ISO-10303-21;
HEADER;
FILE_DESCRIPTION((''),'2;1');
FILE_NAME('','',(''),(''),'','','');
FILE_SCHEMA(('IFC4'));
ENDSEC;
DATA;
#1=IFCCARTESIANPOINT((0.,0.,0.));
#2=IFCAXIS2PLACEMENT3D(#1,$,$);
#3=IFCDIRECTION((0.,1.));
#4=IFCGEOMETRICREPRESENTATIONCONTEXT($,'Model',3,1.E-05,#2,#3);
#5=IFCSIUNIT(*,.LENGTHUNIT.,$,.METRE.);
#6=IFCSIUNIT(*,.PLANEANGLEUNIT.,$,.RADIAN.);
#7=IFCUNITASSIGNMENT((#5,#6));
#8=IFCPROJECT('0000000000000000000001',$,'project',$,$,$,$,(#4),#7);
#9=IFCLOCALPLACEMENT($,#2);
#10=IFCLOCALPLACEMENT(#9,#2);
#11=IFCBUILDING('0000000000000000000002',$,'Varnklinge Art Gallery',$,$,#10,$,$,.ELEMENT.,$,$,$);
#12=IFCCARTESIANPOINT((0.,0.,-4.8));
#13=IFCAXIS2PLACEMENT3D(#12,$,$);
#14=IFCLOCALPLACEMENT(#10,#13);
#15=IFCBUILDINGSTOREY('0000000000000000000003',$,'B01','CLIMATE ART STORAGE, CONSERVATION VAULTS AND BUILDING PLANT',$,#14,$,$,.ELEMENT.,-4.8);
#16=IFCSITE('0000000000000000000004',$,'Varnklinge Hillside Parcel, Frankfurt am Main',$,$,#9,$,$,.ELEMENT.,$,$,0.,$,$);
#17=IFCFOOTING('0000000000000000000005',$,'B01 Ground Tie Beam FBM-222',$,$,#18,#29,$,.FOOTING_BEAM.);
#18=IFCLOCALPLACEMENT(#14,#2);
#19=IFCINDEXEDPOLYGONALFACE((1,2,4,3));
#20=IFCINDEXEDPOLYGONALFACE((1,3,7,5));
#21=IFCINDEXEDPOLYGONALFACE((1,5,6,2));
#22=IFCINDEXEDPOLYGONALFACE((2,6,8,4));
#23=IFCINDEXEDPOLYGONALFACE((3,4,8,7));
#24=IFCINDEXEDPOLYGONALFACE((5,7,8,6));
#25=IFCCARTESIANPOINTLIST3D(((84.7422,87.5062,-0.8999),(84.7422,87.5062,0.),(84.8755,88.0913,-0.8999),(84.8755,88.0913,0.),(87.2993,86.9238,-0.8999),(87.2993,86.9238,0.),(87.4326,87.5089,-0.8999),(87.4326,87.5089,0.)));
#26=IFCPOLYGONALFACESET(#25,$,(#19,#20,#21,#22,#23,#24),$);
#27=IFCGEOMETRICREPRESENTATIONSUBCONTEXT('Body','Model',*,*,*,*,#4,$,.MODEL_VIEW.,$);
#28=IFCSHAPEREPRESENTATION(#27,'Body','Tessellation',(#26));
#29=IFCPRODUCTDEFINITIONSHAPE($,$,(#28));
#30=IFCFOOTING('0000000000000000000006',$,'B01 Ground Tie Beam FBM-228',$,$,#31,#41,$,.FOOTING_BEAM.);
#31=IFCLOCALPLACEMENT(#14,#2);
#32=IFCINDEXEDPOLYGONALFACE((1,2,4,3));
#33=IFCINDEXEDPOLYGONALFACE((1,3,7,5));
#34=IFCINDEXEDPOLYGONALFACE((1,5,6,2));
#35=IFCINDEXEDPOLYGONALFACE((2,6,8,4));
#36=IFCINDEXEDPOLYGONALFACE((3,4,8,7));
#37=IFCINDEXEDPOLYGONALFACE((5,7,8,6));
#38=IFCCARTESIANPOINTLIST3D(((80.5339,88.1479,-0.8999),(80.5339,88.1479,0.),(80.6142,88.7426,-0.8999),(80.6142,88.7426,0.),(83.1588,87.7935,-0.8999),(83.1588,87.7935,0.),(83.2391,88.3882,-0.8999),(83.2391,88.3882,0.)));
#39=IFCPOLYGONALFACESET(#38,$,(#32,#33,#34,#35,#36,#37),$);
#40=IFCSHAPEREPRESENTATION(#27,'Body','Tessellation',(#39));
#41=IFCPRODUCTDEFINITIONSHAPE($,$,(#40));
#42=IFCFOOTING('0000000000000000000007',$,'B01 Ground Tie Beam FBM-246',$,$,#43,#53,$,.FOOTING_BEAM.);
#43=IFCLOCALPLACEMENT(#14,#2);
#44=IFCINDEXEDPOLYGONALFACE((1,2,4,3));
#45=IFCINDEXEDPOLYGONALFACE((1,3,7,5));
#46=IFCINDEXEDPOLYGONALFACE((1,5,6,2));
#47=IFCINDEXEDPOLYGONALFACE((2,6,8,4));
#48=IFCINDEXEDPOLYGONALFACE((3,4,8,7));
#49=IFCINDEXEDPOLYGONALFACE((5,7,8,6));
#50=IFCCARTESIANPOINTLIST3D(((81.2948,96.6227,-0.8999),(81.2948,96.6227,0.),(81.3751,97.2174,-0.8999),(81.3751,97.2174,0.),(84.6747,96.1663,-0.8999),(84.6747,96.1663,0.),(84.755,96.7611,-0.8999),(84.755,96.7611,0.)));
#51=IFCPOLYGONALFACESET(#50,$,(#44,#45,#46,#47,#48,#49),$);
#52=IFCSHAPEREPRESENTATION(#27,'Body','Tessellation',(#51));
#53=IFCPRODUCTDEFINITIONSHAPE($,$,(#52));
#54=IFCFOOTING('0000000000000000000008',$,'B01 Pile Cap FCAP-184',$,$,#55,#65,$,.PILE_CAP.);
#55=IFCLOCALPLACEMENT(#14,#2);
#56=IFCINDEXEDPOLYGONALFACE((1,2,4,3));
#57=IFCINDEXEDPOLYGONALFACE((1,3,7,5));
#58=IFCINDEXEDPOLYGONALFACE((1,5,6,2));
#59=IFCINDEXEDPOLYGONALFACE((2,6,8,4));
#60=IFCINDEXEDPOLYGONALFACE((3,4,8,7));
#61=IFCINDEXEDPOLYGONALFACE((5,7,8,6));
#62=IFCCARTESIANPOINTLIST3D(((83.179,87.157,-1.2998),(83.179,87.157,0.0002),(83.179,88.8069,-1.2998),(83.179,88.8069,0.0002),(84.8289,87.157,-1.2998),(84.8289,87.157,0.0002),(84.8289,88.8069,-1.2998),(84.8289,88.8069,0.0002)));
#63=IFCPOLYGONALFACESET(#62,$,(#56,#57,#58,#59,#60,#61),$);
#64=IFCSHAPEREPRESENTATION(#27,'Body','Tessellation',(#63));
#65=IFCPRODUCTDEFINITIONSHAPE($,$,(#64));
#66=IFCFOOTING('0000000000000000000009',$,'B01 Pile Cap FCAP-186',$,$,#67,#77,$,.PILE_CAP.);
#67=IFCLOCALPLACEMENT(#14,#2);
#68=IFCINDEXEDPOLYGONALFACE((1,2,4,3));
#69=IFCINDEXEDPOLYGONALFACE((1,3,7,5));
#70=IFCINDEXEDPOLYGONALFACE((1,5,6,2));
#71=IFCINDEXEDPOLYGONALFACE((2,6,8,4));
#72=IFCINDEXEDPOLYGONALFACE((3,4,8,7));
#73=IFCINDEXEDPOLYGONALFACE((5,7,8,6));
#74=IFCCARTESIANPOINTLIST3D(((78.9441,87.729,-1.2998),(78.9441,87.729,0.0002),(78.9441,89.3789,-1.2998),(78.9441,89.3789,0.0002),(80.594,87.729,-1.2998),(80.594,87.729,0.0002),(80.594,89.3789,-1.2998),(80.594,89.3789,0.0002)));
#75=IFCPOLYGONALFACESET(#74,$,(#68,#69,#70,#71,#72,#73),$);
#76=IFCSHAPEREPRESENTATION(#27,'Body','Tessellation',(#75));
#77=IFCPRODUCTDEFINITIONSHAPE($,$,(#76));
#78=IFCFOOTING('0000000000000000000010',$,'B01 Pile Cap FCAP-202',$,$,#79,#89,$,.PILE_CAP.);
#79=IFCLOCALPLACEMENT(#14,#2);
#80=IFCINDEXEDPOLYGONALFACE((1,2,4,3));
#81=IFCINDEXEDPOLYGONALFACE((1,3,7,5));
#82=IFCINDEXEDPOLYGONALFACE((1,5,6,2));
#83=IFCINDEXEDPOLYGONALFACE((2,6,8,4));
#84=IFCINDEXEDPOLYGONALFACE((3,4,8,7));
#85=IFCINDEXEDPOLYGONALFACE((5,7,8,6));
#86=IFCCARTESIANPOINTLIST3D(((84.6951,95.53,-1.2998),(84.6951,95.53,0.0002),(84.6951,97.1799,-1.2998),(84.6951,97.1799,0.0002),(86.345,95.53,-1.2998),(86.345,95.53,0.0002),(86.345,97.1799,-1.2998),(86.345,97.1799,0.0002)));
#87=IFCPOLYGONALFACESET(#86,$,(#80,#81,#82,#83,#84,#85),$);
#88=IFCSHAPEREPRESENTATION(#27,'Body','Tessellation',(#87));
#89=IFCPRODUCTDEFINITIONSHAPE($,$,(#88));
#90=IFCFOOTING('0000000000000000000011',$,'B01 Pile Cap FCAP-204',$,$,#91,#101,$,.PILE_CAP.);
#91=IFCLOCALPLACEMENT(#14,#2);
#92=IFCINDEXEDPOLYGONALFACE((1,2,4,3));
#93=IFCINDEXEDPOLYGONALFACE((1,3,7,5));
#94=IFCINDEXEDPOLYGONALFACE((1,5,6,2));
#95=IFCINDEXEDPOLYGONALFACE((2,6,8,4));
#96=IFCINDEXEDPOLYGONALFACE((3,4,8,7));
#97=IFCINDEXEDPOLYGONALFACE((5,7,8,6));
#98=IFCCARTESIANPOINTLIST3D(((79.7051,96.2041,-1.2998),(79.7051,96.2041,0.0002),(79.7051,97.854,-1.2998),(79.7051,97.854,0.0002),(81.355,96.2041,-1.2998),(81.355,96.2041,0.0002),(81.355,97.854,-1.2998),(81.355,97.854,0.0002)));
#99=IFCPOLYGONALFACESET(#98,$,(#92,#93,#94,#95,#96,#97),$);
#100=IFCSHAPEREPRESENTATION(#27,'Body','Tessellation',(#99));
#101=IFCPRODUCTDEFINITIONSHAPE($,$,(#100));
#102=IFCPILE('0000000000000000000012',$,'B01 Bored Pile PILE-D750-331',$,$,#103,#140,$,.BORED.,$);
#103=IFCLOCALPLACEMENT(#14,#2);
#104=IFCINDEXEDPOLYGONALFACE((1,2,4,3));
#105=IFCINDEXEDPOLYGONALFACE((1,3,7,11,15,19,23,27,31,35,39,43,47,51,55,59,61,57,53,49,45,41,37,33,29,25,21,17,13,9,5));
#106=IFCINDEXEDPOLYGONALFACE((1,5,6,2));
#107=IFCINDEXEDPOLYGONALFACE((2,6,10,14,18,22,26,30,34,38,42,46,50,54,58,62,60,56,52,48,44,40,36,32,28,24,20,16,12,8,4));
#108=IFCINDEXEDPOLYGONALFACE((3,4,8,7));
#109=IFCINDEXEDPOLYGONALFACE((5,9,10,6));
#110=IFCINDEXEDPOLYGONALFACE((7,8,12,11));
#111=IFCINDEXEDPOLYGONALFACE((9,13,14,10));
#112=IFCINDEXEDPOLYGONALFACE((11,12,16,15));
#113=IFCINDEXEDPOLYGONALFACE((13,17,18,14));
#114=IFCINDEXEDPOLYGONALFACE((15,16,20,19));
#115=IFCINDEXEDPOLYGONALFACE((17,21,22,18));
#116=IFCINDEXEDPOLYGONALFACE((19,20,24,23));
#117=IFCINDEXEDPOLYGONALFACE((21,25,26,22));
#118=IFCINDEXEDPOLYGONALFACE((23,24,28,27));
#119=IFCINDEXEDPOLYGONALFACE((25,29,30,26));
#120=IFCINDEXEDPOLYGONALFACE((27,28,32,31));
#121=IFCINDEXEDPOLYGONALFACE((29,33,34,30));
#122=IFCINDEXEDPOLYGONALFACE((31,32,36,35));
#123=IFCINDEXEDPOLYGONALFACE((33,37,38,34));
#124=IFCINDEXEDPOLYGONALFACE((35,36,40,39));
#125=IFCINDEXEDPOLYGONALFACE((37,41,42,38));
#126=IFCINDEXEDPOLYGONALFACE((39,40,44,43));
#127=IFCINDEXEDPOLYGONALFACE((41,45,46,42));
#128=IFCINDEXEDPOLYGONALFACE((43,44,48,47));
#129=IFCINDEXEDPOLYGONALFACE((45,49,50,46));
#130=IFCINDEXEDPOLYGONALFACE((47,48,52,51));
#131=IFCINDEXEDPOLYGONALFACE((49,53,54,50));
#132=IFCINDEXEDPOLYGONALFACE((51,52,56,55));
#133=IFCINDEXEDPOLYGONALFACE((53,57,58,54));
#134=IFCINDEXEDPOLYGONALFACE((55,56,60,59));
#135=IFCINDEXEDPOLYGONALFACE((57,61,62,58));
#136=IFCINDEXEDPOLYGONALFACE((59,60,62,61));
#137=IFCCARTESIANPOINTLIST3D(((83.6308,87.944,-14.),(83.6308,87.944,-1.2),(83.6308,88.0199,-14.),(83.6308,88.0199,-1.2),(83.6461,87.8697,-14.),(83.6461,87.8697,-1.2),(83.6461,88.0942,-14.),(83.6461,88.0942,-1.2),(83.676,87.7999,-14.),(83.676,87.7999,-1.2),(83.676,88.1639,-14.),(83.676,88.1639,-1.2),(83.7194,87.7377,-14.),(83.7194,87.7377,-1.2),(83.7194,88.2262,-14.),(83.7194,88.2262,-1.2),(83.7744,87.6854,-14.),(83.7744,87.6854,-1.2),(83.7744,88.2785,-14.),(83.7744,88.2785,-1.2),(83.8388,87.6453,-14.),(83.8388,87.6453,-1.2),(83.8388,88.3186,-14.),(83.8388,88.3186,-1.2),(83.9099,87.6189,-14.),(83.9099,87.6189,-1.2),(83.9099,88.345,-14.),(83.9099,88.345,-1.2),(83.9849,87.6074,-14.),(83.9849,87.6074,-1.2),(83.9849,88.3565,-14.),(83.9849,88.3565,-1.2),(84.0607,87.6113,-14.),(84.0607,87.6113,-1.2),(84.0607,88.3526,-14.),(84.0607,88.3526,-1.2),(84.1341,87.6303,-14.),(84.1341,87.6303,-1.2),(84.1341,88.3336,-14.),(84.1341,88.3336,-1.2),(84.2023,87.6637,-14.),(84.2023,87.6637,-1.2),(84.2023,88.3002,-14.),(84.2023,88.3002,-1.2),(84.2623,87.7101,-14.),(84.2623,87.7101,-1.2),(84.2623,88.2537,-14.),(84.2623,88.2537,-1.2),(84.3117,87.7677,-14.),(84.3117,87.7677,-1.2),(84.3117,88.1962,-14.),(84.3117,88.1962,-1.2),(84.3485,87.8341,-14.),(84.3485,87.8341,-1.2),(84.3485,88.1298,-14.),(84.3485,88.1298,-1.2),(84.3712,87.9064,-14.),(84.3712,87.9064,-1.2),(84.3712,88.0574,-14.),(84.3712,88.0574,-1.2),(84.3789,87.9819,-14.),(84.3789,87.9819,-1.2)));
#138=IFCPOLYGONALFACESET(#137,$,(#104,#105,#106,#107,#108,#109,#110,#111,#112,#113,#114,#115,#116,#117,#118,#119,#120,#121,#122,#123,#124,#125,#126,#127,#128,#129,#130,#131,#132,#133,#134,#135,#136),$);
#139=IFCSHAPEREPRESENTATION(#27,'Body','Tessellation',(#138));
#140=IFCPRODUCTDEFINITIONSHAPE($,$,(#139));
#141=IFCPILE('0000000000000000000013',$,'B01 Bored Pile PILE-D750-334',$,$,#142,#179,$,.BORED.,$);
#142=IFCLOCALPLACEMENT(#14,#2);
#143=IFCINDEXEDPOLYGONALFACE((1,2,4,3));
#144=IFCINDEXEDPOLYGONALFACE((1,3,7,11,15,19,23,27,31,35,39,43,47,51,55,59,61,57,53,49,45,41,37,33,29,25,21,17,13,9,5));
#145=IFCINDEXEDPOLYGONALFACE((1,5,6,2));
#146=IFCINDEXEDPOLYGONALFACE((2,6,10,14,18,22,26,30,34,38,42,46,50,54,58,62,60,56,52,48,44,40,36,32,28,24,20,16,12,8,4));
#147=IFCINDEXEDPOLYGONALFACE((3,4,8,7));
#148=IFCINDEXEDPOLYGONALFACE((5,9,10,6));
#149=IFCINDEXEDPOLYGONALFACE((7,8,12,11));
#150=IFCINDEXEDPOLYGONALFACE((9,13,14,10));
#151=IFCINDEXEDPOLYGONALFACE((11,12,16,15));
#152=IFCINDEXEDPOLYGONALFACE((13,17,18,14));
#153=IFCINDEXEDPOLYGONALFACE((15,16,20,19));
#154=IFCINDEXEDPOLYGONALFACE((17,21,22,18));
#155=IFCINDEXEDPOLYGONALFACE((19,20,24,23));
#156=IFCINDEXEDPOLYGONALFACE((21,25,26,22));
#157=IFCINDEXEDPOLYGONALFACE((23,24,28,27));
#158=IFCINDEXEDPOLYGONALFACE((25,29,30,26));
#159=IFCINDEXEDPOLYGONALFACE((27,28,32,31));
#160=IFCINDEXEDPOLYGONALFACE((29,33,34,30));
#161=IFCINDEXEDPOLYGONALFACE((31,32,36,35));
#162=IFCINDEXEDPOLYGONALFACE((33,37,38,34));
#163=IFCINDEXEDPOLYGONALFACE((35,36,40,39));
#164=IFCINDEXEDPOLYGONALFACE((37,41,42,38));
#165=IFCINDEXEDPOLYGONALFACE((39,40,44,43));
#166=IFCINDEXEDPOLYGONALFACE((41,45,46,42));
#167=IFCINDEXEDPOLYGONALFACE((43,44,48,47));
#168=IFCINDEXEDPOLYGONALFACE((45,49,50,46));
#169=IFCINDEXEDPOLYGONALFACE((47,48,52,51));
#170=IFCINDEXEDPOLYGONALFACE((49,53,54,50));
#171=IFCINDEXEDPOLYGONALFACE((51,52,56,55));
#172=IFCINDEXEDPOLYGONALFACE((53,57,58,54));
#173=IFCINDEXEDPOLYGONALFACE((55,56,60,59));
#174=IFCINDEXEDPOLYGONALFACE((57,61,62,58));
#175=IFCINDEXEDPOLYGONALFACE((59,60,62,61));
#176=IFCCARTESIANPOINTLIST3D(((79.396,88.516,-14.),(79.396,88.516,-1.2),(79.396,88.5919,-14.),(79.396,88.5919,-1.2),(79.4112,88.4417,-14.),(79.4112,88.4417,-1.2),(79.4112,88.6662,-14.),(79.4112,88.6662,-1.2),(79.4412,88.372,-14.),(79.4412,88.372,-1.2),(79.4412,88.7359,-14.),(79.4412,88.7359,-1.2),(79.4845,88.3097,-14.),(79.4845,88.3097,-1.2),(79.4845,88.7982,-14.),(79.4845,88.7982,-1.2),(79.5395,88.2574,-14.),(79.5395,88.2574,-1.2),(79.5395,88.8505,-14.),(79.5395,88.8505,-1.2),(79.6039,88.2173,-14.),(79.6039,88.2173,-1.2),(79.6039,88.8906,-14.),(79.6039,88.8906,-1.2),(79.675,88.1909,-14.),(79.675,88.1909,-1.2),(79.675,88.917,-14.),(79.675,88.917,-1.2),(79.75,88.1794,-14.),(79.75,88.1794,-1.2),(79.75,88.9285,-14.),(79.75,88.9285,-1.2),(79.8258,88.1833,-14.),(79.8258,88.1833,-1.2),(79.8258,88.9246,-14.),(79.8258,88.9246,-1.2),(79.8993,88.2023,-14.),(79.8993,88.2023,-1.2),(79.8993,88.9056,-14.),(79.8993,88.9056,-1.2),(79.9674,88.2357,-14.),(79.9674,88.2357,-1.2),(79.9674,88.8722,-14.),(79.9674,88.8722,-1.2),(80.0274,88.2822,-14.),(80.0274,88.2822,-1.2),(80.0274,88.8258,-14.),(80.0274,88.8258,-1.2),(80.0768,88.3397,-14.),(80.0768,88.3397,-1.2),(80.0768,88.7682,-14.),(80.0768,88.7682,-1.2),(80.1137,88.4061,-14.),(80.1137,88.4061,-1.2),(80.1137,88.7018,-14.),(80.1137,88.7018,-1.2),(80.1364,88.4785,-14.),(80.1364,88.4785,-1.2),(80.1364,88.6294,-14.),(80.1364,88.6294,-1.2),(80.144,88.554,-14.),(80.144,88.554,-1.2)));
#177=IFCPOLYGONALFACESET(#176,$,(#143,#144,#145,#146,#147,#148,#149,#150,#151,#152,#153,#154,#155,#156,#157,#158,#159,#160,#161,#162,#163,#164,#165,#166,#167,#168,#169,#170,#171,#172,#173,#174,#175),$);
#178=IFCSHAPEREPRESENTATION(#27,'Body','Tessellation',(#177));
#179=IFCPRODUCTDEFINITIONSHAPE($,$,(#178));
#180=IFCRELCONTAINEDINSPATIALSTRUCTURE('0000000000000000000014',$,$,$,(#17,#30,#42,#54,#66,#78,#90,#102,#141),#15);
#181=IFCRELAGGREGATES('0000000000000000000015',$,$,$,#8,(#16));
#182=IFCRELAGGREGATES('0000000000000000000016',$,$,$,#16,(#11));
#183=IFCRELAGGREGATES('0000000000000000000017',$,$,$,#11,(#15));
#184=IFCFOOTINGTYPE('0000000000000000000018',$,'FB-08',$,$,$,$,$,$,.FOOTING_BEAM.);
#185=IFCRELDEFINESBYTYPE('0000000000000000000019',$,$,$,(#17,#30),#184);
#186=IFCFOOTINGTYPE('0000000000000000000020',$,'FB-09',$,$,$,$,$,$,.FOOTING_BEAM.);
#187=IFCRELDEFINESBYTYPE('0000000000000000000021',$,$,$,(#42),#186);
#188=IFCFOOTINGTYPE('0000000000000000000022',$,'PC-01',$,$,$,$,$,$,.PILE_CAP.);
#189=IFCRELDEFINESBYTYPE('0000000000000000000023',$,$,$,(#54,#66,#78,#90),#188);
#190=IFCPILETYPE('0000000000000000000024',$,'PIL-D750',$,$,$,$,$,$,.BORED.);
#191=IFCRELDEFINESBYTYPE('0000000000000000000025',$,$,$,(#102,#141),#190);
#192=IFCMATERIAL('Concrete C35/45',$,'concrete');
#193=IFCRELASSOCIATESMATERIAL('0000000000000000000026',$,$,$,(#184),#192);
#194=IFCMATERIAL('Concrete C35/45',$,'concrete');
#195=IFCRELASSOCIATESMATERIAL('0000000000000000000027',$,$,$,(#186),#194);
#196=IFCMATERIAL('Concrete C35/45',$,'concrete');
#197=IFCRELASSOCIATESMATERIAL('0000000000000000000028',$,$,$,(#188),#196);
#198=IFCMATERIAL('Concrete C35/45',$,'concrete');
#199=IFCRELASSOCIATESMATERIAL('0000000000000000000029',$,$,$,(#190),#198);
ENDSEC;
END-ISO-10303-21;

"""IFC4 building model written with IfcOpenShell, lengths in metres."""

from ifc_helpers import new_model, si_unit, direction, frame, origin, origin_2d, place, context, subcontext, project, spatial, rectangle, circle, extrude, material, material_profile, profile_set, type_object, element, save


model = new_model("IFC4")

# Units and contexts
model_context = context("Model", 3, precision=1e-05, world=origin(), true_north=direction((0.0, 1.0)))
body_context = subcontext(model_context, "Body", "Model", "MODEL_VIEW")
ifc_project = project(units=[si_unit("LENGTHUNIT", "METRE"), si_unit("PLANEANGLEUNIT", "RADIAN")], contexts=[model_context])

# Site, building, storey
site_placement = place(None, origin())
site = spatial("IfcSite", under=ifc_project, at=site_placement, Name="Varnklinge Hillside Parcel, Frankfurt am Main", CompositionType="ELEMENT", RefElevation=0.0)
building_placement = place(site_placement, origin())
building = spatial("IfcBuilding", under=site, at=building_placement, Name="Varnklinge Art Gallery", CompositionType="ELEMENT")
storey_placement = place(building_placement, frame((0.0, 0.0, -4.8)))
storey = spatial("IfcBuildingStorey", under=building, at=storey_placement, Name="B01", Description="CLIMATE ART STORAGE, CONSERVATION VAULTS AND BUILDING PLANT", CompositionType="ELEMENT", Elevation=-4.8)

# Footings
ifc_material_1 = material(Name="Concrete C35/45", Category="concrete")
footing_type_1 = type_object("IfcFootingType", Name="FB-08", PredefinedType="FOOTING_BEAM", material=ifc_material_1)
footing_1_placement = place(storey_placement, frame((86.0874, 87.5076, -0.8999), z_axis=(0.0, 0.0, 1.0), x_axis=(-0.975033, 0.222059, 0.0)))
element("IfcFooting", 1, at=footing_1_placement, inside=storey, type_object=footing_type_1, Name="B01 Ground Tie Beam FBM-222", PredefinedType="FOOTING_BEAM", context=body_context, shape_type="SweptSolid", body=[
    extrude(rectangle(XDim=2.6226, YDim=0.6001, at=origin_2d()), origin(), (0.0, 0.0, 1.0), 0.8999),
])
footing_2_placement = place(storey_placement, frame((81.8865, 88.2681, -0.8999), z_axis=(0.0, 0.0, 1.0), x_axis=(-0.991007, 0.133813, 0.0)))
element("IfcFooting", 2, at=footing_2_placement, inside=storey, type_object=footing_type_1, Name="B01 Ground Tie Beam FBM-228", PredefinedType="FOOTING_BEAM", context=body_context, shape_type="SweptSolid", body=[
    extrude(rectangle(XDim=2.6487, YDim=0.6001, at=origin_2d()), origin(), (0.0, 0.0, 1.0), 0.8999),
])
ifc_material_2 = material(Name="Concrete C35/45", Category="concrete")
footing_type_2 = type_object("IfcFootingType", Name="FB-09", PredefinedType="FOOTING_BEAM", material=ifc_material_2)
footing_3_placement = place(storey_placement, frame((83.0249, 96.6919, -0.8999), z_axis=(0.0, 0.0, 1.0), x_axis=(-0.991007, 0.133813, 0.0)))
element("IfcFooting", 3, at=footing_3_placement, inside=storey, type_object=footing_type_2, Name="B01 Ground Tie Beam FBM-246", PredefinedType="FOOTING_BEAM", context=body_context, shape_type="SweptSolid", body=[
    extrude(rectangle(XDim=3.4106, YDim=0.6001, at=origin_2d()), origin(), (0.0, 0.0, 1.0), 0.8999),
])
ifc_material_3 = material(Name="Concrete C35/45", Category="concrete")
footing_type_3 = type_object("IfcFootingType", Name="PC-01", PredefinedType="PILE_CAP", material=ifc_material_3)
for number, where, z_axis, x_axis, name in (
    (4, (84.0039, 87.9819, -1.2998), (0.0, 0.0, 1.0), (1.0, 0.0, 0.0), "B01 Pile Cap FCAP-184"),
    (5, (79.769, 88.554, -1.2998), (0.0, 0.0, 1.0), (1.0, 0.0, 0.0), "B01 Pile Cap FCAP-186"),
    (6, (85.52, 96.355, -1.2998), (0.0, 0.0, 1.0), (1.0, 0.0, 0.0), "B01 Pile Cap FCAP-202"),
    (7, (80.53, 97.0291, -1.2998), (0.0, 0.0, 1.0), (1.0, 0.0, 0.0), "B01 Pile Cap FCAP-204"),
):
    element("IfcFooting", number, at=place(storey_placement, frame(where, z_axis=z_axis, x_axis=x_axis)), inside=storey, type_object=footing_type_3, Name=name, PredefinedType="PILE_CAP", context=body_context, shape_type="SweptSolid", body=[
        extrude(rectangle(XDim=1.6499, YDim=1.6499, at=origin_2d()), origin(), (0.0, 0.0, 1.0), 1.3),
    ])

# Piles
ifc_material_4 = material(Name="Concrete C35/45", Category="concrete")
ifc_material_profile_1 = material_profile(ifc_material_4, circle(Radius=0.375, at=origin_2d()), Name="PILE D750")
ifc_profile_set_1 = profile_set([ifc_material_profile_1], Name="Concrete C35/45")
pile_type_1 = type_object("IfcPileType", Name="PIL-D750", PredefinedType="BORED", material=ifc_profile_set_1)
for number, where, z_axis, x_axis, name in (
    (8, (84.0039, 87.9819, -1.2), (0.0, 0.0, -1.0), (1.0, 0.0, 0.0), "B01 Bored Pile PILE-D750-331"),
    (9, (79.769, 88.554, -1.2), (0.0, 0.0, -1.0), (1.0, 0.0, 0.0), "B01 Bored Pile PILE-D750-334"),
):
    element("IfcPile", number, at=place(storey_placement, frame(where, z_axis=z_axis, x_axis=x_axis)), inside=storey, type_object=pile_type_1, Name=name, PredefinedType="BORED", context=body_context, shape_type="SweptSolid", body=[
        extrude(circle(Radius=0.375, at=origin_2d()), origin(), (0.0, 0.0, 1.0), 12.8),
    ])

save(model, "model.ifc")
